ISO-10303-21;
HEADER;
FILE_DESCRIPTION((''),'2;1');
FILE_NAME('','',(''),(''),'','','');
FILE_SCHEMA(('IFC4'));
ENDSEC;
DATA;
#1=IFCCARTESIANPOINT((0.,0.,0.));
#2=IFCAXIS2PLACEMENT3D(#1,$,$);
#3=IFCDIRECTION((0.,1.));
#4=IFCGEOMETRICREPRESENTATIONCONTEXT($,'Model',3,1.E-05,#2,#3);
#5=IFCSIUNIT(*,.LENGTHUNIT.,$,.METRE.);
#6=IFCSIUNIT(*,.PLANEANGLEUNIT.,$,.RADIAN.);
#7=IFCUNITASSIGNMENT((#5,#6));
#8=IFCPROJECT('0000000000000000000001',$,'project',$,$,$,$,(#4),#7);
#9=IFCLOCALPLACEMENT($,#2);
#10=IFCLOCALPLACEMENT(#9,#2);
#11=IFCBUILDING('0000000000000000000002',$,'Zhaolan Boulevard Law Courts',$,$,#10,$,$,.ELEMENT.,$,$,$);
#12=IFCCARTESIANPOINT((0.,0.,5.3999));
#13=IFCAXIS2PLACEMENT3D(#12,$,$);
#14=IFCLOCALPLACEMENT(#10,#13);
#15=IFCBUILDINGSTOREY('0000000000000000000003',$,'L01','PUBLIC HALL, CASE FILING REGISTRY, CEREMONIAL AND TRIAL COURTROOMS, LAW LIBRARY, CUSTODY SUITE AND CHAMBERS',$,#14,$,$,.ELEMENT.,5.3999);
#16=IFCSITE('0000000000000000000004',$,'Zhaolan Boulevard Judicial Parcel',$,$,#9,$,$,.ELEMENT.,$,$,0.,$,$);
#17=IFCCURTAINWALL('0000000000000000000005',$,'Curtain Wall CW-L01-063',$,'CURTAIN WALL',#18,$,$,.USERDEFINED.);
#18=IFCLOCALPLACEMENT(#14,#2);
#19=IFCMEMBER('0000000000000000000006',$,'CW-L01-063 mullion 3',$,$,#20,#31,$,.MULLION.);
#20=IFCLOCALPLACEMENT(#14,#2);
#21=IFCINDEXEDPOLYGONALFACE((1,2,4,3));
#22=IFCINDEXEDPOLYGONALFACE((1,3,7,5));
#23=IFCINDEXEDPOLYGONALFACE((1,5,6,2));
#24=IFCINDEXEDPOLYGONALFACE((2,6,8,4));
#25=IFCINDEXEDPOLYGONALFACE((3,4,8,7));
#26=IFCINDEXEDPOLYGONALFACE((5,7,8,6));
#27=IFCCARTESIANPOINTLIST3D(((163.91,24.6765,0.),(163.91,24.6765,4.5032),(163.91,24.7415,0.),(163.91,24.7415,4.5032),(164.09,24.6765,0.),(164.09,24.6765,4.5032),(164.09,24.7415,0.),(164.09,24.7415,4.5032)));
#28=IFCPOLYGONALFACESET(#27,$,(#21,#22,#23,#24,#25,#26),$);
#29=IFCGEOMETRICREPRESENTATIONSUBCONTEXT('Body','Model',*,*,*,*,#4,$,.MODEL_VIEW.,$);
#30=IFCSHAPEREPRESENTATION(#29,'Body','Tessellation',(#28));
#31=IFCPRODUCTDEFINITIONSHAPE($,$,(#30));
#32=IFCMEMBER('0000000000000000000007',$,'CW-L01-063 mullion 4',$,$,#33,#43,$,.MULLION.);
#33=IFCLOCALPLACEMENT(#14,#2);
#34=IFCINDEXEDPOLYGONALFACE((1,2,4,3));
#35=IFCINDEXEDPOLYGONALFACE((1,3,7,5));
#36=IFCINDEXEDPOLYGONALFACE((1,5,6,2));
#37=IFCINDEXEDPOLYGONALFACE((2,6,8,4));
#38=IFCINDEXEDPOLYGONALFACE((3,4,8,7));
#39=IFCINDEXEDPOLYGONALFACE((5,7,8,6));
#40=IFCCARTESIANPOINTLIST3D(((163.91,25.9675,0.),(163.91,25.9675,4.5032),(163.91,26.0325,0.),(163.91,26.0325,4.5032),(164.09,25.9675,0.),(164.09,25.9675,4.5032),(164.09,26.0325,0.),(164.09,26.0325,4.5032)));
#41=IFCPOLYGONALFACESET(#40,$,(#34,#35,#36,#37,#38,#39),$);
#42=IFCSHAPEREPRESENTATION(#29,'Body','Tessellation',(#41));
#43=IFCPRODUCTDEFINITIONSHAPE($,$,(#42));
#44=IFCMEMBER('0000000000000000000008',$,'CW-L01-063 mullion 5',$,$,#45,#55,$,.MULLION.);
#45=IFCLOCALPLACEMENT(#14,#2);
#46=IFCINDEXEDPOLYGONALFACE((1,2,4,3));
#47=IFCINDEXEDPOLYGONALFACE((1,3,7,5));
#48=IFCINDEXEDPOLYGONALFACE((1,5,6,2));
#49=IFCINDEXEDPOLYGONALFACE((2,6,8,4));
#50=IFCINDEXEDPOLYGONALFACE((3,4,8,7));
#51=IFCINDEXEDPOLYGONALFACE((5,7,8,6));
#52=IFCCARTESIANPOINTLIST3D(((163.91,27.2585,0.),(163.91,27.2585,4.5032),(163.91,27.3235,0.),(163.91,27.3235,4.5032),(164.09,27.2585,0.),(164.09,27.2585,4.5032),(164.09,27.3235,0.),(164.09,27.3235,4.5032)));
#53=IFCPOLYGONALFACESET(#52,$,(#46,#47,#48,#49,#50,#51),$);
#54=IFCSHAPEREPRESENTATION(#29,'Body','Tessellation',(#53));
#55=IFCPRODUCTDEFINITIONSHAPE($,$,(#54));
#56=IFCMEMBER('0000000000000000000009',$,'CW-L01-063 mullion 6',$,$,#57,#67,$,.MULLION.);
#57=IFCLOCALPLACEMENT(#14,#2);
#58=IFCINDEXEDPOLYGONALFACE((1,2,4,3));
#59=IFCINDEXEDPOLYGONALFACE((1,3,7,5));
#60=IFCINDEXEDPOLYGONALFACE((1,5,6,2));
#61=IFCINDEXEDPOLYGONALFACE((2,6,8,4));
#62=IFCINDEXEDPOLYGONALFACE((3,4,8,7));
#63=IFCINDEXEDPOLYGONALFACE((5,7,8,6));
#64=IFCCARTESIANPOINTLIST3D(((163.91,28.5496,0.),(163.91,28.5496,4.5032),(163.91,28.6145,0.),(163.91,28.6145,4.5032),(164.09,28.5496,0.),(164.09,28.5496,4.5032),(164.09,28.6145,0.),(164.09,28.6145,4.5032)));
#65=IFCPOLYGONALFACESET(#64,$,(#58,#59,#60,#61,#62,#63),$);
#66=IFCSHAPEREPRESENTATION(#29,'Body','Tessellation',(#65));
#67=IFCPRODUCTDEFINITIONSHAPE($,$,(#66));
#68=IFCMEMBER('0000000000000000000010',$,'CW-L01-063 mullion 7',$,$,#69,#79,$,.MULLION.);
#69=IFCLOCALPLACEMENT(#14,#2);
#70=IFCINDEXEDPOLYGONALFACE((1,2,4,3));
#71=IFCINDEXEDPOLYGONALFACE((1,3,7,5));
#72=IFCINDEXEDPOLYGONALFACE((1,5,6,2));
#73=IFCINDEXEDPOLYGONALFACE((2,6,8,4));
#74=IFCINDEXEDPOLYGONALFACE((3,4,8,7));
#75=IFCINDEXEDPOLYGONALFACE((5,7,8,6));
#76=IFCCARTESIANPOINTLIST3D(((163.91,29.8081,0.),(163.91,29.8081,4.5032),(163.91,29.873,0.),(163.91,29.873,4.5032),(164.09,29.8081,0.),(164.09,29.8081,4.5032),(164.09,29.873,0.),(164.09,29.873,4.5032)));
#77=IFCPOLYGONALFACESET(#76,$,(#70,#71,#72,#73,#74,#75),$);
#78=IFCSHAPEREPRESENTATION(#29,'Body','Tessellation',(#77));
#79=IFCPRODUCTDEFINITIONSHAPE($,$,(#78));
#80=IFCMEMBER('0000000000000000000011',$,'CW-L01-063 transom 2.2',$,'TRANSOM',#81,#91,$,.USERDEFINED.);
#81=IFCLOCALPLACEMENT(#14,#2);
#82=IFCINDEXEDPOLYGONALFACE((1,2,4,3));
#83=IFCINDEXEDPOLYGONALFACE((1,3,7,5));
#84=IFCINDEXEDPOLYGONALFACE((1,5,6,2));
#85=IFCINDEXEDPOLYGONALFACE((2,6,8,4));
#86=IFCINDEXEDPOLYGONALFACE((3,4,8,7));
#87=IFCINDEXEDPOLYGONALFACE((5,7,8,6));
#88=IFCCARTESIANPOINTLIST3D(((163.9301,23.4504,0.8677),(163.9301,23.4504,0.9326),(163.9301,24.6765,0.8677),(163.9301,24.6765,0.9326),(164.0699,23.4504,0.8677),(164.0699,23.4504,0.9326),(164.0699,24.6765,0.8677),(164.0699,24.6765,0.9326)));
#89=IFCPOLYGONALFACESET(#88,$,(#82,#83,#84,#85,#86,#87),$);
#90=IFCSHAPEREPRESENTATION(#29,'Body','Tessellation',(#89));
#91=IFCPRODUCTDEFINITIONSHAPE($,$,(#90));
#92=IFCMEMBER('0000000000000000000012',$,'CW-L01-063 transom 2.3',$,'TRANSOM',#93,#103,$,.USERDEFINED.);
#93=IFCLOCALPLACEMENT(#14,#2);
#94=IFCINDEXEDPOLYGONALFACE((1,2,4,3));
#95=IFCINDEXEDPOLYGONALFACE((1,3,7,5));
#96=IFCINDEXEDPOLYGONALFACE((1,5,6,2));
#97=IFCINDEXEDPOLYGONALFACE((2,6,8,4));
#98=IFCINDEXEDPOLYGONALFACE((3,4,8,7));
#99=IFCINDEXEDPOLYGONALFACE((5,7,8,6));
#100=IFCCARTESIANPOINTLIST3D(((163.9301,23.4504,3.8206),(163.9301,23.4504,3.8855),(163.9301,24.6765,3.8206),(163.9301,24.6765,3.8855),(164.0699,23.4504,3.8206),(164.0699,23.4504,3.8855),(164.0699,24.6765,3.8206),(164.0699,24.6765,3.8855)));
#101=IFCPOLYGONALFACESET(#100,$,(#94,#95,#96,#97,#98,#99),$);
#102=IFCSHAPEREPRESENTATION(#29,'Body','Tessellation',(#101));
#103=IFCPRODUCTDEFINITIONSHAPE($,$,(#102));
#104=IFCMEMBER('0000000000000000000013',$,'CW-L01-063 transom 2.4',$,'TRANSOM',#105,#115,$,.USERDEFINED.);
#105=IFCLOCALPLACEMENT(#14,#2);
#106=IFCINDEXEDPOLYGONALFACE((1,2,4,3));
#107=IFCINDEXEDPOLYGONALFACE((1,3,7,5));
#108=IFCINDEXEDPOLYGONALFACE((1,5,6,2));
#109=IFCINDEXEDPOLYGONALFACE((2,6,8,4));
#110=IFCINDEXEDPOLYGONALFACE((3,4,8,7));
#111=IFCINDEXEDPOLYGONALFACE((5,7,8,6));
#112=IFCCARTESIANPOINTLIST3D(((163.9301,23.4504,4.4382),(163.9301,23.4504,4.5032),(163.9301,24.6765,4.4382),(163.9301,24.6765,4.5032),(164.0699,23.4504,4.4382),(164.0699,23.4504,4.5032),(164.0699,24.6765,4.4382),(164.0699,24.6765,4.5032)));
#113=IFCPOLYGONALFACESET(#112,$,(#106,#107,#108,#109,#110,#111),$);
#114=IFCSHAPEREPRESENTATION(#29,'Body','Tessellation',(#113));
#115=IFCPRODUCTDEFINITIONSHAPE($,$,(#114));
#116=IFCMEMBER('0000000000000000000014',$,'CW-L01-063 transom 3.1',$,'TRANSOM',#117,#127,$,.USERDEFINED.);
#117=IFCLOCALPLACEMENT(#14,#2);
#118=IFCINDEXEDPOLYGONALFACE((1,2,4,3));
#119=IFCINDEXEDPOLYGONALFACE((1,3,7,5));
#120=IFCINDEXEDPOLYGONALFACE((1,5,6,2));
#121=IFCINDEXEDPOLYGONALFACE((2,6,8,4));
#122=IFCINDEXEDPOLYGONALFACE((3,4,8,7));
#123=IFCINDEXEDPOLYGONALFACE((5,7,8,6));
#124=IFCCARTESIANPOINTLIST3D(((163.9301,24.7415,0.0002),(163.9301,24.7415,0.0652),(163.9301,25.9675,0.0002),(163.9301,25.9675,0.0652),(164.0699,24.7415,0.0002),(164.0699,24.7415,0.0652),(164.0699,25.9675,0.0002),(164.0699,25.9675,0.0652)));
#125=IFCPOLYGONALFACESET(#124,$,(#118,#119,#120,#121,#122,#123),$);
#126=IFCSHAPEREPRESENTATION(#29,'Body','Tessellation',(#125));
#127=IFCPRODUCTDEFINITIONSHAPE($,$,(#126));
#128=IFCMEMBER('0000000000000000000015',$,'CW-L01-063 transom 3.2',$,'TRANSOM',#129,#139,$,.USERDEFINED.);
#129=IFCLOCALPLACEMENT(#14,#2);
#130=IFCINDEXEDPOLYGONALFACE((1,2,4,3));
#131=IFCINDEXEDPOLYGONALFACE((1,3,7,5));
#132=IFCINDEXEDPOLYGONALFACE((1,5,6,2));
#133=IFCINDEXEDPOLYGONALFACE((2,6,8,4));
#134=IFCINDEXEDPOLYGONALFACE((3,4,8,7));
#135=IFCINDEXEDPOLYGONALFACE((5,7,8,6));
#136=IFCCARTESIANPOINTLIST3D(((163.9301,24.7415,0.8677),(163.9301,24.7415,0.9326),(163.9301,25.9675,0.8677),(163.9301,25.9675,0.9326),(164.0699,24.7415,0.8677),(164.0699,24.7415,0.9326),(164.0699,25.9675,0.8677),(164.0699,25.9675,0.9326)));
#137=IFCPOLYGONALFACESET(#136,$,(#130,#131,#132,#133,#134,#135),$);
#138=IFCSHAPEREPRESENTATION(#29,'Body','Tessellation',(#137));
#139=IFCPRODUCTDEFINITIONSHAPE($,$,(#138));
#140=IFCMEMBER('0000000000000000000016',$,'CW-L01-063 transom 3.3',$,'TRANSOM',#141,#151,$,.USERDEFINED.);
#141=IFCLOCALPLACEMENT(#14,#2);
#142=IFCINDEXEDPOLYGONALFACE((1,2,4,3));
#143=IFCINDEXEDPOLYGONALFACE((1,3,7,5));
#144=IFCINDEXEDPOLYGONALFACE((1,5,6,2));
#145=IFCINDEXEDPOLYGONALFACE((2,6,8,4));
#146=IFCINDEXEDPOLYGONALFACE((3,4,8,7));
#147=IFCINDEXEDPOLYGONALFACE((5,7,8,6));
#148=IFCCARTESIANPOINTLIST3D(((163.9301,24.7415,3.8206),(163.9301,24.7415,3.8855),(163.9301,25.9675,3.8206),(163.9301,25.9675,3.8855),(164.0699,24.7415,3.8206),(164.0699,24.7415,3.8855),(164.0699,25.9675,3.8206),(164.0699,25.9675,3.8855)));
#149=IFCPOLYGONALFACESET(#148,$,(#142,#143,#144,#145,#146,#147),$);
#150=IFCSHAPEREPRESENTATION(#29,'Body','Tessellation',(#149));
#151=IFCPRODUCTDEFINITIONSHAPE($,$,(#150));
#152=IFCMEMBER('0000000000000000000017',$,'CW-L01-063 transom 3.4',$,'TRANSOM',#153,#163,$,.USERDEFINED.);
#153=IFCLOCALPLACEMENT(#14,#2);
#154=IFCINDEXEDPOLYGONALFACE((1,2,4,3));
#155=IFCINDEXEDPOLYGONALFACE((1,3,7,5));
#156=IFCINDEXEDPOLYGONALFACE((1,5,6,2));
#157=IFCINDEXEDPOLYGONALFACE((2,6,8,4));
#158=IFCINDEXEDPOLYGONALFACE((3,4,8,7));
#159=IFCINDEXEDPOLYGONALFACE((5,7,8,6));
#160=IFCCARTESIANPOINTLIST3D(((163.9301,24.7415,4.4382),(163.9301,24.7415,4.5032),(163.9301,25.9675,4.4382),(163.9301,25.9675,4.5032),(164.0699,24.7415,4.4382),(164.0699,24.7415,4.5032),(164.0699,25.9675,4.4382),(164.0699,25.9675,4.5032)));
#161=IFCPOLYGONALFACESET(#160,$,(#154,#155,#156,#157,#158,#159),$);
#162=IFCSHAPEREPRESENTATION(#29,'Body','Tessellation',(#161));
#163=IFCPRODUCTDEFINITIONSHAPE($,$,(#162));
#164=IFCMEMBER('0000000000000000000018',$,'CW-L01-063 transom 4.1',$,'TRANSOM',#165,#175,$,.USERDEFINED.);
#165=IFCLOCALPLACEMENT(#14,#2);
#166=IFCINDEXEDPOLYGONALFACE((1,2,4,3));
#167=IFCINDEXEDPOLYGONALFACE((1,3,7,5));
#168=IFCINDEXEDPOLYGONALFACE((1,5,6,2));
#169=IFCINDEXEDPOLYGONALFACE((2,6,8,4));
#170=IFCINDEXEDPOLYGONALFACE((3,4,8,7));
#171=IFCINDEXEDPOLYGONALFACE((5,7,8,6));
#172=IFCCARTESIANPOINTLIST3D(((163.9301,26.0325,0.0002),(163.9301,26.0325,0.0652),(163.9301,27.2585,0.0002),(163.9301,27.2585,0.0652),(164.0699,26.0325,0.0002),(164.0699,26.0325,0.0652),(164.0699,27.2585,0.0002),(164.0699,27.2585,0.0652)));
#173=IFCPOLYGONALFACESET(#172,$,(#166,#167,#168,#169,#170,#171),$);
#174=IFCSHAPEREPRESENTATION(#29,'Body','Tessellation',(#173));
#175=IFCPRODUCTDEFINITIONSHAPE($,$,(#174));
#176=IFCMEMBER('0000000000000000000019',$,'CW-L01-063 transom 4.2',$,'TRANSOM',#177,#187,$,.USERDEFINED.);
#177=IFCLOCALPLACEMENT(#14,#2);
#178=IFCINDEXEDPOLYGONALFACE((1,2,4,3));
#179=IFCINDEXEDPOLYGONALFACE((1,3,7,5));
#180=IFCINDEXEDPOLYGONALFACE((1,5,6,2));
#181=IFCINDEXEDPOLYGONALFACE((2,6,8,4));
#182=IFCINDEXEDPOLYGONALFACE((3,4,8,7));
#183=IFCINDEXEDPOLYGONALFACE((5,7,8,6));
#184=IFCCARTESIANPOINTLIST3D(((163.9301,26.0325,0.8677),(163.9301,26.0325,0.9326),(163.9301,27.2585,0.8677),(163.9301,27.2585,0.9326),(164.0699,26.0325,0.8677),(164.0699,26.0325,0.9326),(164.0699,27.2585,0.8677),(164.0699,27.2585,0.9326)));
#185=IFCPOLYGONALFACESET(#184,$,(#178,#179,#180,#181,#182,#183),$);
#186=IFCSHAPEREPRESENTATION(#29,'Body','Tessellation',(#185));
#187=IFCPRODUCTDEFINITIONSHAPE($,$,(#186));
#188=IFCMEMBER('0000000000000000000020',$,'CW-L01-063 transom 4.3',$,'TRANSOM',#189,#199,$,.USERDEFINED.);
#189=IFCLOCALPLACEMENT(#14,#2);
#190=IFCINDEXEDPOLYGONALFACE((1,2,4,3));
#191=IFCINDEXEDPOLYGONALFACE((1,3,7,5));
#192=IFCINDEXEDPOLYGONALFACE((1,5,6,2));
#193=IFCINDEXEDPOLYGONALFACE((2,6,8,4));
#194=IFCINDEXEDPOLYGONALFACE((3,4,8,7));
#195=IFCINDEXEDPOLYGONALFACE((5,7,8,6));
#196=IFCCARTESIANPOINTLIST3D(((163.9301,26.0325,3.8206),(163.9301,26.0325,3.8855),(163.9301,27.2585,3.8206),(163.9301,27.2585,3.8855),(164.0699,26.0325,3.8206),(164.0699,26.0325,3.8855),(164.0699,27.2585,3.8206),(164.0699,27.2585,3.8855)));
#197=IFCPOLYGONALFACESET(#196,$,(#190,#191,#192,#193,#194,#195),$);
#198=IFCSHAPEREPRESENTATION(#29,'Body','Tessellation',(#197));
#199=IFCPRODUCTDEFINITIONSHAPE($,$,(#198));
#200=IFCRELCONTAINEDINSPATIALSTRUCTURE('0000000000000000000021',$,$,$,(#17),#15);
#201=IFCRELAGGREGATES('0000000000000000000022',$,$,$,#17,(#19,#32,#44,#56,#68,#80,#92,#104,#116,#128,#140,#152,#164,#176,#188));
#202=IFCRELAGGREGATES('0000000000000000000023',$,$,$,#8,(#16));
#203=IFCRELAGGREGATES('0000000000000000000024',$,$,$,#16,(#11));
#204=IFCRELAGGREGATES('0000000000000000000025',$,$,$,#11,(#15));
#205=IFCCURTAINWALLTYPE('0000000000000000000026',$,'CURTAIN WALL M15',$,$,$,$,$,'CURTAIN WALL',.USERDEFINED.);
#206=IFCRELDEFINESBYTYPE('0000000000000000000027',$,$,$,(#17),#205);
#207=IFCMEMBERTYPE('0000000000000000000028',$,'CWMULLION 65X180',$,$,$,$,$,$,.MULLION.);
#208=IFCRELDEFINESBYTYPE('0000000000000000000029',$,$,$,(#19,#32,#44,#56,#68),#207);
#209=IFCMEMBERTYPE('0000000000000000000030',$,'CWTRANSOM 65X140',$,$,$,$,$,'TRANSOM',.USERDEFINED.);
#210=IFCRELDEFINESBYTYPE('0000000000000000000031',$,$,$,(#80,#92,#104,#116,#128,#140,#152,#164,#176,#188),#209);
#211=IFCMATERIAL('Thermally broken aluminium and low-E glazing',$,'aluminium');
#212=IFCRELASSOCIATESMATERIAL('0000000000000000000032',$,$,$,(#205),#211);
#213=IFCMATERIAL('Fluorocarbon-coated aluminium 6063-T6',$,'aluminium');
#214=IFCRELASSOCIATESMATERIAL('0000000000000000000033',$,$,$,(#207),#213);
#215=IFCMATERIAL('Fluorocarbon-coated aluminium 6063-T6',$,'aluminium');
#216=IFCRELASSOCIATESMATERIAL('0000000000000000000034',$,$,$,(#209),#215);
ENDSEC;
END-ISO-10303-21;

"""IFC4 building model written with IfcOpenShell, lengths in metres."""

from ifc_helpers import new_model, si_unit, direction, frame, origin, origin_2d, place, context, subcontext, project, spatial, rectangle, extrude, material, material_profile, profile_set, type_object, element, aggregate, save


model = new_model("IFC4")

# Units and contexts
model_context = context("Model", 3, precision=1e-05, world=origin(), true_north=direction((0.0, 1.0)))
body_context = subcontext(model_context, "Body", "Model", "MODEL_VIEW")
ifc_project = project(units=[si_unit("LENGTHUNIT", "METRE"), si_unit("PLANEANGLEUNIT", "RADIAN")], contexts=[model_context])

# Site, building, storey
site_placement = place(None, origin())
site = spatial("IfcSite", under=ifc_project, at=site_placement, Name="Zhaolan Boulevard Judicial Parcel", CompositionType="ELEMENT", RefElevation=0.0)
building_placement = place(site_placement, origin())
building = spatial("IfcBuilding", under=site, at=building_placement, Name="Zhaolan Boulevard Law Courts", CompositionType="ELEMENT")
storey_placement = place(building_placement, frame((0.0, 0.0, 5.3999)))
storey = spatial("IfcBuildingStorey", under=building, at=storey_placement, Name="L01", Description="PUBLIC HALL, CASE FILING REGISTRY, CEREMONIAL AND TRIAL COURTROOMS, LAW LIBRARY, CUSTODY SUITE AND CHAMBERS", CompositionType="ELEMENT", Elevation=5.3999)

# Curtain wall, members
ifc_material_1 = material(Name="Thermally broken aluminium and low-E glazing", Category="aluminium")
curtain_wall_type = type_object("IfcCurtainWallType", Name="CURTAIN WALL M15", ElementType="CURTAIN WALL", PredefinedType="USERDEFINED", material=ifc_material_1)
curtain_wall_placement = place(storey_placement, origin())
curtain_wall = element("IfcCurtainWall", 1, at=curtain_wall_placement, inside=storey, type_object=curtain_wall_type, Name="Curtain Wall CW-L01-063", ObjectType="CURTAIN WALL", PredefinedType="USERDEFINED")
ifc_material_2 = material(Name="Fluorocarbon-coated aluminium 6063-T6", Category="aluminium")
ifc_material_profile_1 = material_profile(ifc_material_2, rectangle(XDim=0.1799, YDim=0.0649, at=origin_2d()), Name="AL65x180")
ifc_profile_set_1 = profile_set([ifc_material_profile_1], Name="Fluorocarbon-coated aluminium 6063-T6")
member_type_1 = type_object("IfcMemberType", Name="CWMULLION 65X180", PredefinedType="MULLION", material=ifc_profile_set_1)
member_1_placement = place(storey_placement, frame((164.0, 24.709, 0.0), z_axis=(0.0, 0.0, 1.0), x_axis=(-1.0, 0.0, 0.0)))
member_1 = element("IfcMember", 2, at=member_1_placement, type_object=member_type_1, Name="CW-L01-063 mullion 3", PredefinedType="MULLION", context=body_context, shape_type="SweptSolid", body=[
    extrude(rectangle(XDim=0.1799, YDim=0.0649, at=origin_2d()), origin(), (0.0, 0.0, 1.0), 4.5032),
])
member_2_placement = place(storey_placement, frame((164.0, 26.0, 0.0), z_axis=(0.0, 0.0, 1.0), x_axis=(-1.0, 0.0, 0.0)))
member_2 = element("IfcMember", 3, at=member_2_placement, type_object=member_type_1, Name="CW-L01-063 mullion 4", PredefinedType="MULLION", context=body_context, shape_type="SweptSolid", body=[
    extrude(rectangle(XDim=0.1799, YDim=0.0649, at=origin_2d()), origin(), (0.0, 0.0, 1.0), 4.5032),
])
member_3_placement = place(storey_placement, frame((164.0, 27.291, 0.0), z_axis=(0.0, 0.0, 1.0), x_axis=(-1.0, 0.0, 0.0)))
member_3 = element("IfcMember", 4, at=member_3_placement, type_object=member_type_1, Name="CW-L01-063 mullion 5", PredefinedType="MULLION", context=body_context, shape_type="SweptSolid", body=[
    extrude(rectangle(XDim=0.1799, YDim=0.0649, at=origin_2d()), origin(), (0.0, 0.0, 1.0), 4.5032),
])
member_4_placement = place(storey_placement, frame((164.0, 28.582, 0.0), z_axis=(0.0, 0.0, 1.0), x_axis=(-1.0, 0.0, 0.0)))
member_4 = element("IfcMember", 5, at=member_4_placement, type_object=member_type_1, Name="CW-L01-063 mullion 6", PredefinedType="MULLION", context=body_context, shape_type="SweptSolid", body=[
    extrude(rectangle(XDim=0.1799, YDim=0.0649, at=origin_2d()), origin(), (0.0, 0.0, 1.0), 4.5032),
])
member_5_placement = place(storey_placement, frame((164.0, 29.8406, 0.0), z_axis=(0.0, 0.0, 1.0), x_axis=(-1.0, 0.0, 0.0)))
member_5 = element("IfcMember", 6, at=member_5_placement, type_object=member_type_1, Name="CW-L01-063 mullion 7", PredefinedType="MULLION", context=body_context, shape_type="SweptSolid", body=[
    extrude(rectangle(XDim=0.1799, YDim=0.0649, at=origin_2d()), origin(), (0.0, 0.0, 1.0), 4.5032),
])
ifc_material_3 = material(Name="Fluorocarbon-coated aluminium 6063-T6", Category="aluminium")
ifc_material_profile_2 = material_profile(ifc_material_3, rectangle(XDim=0.1399, YDim=0.0649, at=origin_2d()), Name="AL65x140")
ifc_profile_set_2 = profile_set([ifc_material_profile_2], Name="Fluorocarbon-coated aluminium 6063-T6")
member_type_2 = type_object("IfcMemberType", Name="CWTRANSOM 65X140", ElementType="TRANSOM", PredefinedType="USERDEFINED", material=ifc_profile_set_2)
member_6_placement = place(storey_placement, frame((164.0, 23.4504, 0.9001), z_axis=(0.0, 1.0, 0.0), x_axis=(-1.0, 0.0, 0.0)))
member_6 = element("IfcMember", 7, at=member_6_placement, type_object=member_type_2, Name="CW-L01-063 transom 2.2", ObjectType="TRANSOM", PredefinedType="USERDEFINED", context=body_context, shape_type="SweptSolid", body=[
    extrude(rectangle(XDim=0.1399, YDim=0.0649, at=origin_2d()), origin(), (0.0, 0.0, 1.0), 1.2261),
])
member_7_placement = place(storey_placement, frame((164.0, 23.4504, 3.853), z_axis=(0.0, 1.0, 0.0), x_axis=(-1.0, 0.0, 0.0)))
member_7 = element("IfcMember", 8, at=member_7_placement, type_object=member_type_2, Name="CW-L01-063 transom 2.3", ObjectType="TRANSOM", PredefinedType="USERDEFINED", context=body_context, shape_type="SweptSolid", body=[
    extrude(rectangle(XDim=0.1399, YDim=0.0649, at=origin_2d()), origin(), (0.0, 0.0, 1.0), 1.2261),
])
member_8_placement = place(storey_placement, frame((164.0, 23.4504, 4.4707), z_axis=(0.0, 1.0, 0.0), x_axis=(-1.0, 0.0, 0.0)))
member_8 = element("IfcMember", 9, at=member_8_placement, type_object=member_type_2, Name="CW-L01-063 transom 2.4", ObjectType="TRANSOM", PredefinedType="USERDEFINED", context=body_context, shape_type="SweptSolid", body=[
    extrude(rectangle(XDim=0.1399, YDim=0.0649, at=origin_2d()), origin(), (0.0, 0.0, 1.0), 1.2261),
])
member_9_placement = place(storey_placement, frame((164.0, 24.7415, 0.0327), z_axis=(0.0, 1.0, 0.0), x_axis=(-1.0, 0.0, 0.0)))
member_9 = element("IfcMember", 10, at=member_9_placement, type_object=member_type_2, Name="CW-L01-063 transom 3.1", ObjectType="TRANSOM", PredefinedType="USERDEFINED", context=body_context, shape_type="SweptSolid", body=[
    extrude(rectangle(XDim=0.1399, YDim=0.0649, at=origin_2d()), origin(), (0.0, 0.0, 1.0), 1.2261),
])
member_10_placement = place(storey_placement, frame((164.0, 24.7415, 0.9001), z_axis=(0.0, 1.0, 0.0), x_axis=(-1.0, 0.0, 0.0)))
member_10 = element("IfcMember", 11, at=member_10_placement, type_object=member_type_2, Name="CW-L01-063 transom 3.2", ObjectType="TRANSOM", PredefinedType="USERDEFINED", context=body_context, shape_type="SweptSolid", body=[
    extrude(rectangle(XDim=0.1399, YDim=0.0649, at=origin_2d()), origin(), (0.0, 0.0, 1.0), 1.2261),
])
member_11_placement = place(storey_placement, frame((164.0, 24.7415, 3.853), z_axis=(0.0, 1.0, 0.0), x_axis=(-1.0, 0.0, 0.0)))
member_11 = element("IfcMember", 12, at=member_11_placement, type_object=member_type_2, Name="CW-L01-063 transom 3.3", ObjectType="TRANSOM", PredefinedType="USERDEFINED", context=body_context, shape_type="SweptSolid", body=[
    extrude(rectangle(XDim=0.1399, YDim=0.0649, at=origin_2d()), origin(), (0.0, 0.0, 1.0), 1.2261),
])
member_12_placement = place(storey_placement, frame((164.0, 24.7415, 4.4707), z_axis=(0.0, 1.0, 0.0), x_axis=(-1.0, 0.0, 0.0)))
member_12 = element("IfcMember", 13, at=member_12_placement, type_object=member_type_2, Name="CW-L01-063 transom 3.4", ObjectType="TRANSOM", PredefinedType="USERDEFINED", context=body_context, shape_type="SweptSolid", body=[
    extrude(rectangle(XDim=0.1399, YDim=0.0649, at=origin_2d()), origin(), (0.0, 0.0, 1.0), 1.2261),
])
member_13_placement = place(storey_placement, frame((164.0, 26.0325, 0.0327), z_axis=(0.0, 1.0, 0.0), x_axis=(-1.0, 0.0, 0.0)))
member_13 = element("IfcMember", 14, at=member_13_placement, type_object=member_type_2, Name="CW-L01-063 transom 4.1", ObjectType="TRANSOM", PredefinedType="USERDEFINED", context=body_context, shape_type="SweptSolid", body=[
    extrude(rectangle(XDim=0.1399, YDim=0.0649, at=origin_2d()), origin(), (0.0, 0.0, 1.0), 1.2261),
])
member_14_placement = place(storey_placement, frame((164.0, 26.0325, 0.9001), z_axis=(0.0, 1.0, 0.0), x_axis=(-1.0, 0.0, 0.0)))
member_14 = element("IfcMember", 15, at=member_14_placement, type_object=member_type_2, Name="CW-L01-063 transom 4.2", ObjectType="TRANSOM", PredefinedType="USERDEFINED", context=body_context, shape_type="SweptSolid", body=[
    extrude(rectangle(XDim=0.1399, YDim=0.0649, at=origin_2d()), origin(), (0.0, 0.0, 1.0), 1.2261),
])
member_15_placement = place(storey_placement, frame((164.0, 26.0325, 3.853), z_axis=(0.0, 1.0, 0.0), x_axis=(-1.0, 0.0, 0.0)))
member_15 = element("IfcMember", 16, at=member_15_placement, type_object=member_type_2, Name="CW-L01-063 transom 4.3", ObjectType="TRANSOM", PredefinedType="USERDEFINED", context=body_context, shape_type="SweptSolid", body=[
    extrude(rectangle(XDim=0.1399, YDim=0.0649, at=origin_2d()), origin(), (0.0, 0.0, 1.0), 1.2261),
])
aggregate(curtain_wall, [member_1, member_2, member_3, member_4, member_5, member_6, member_7, member_8, member_9, member_10, member_11, member_12, member_13, member_14, member_15])

save(model, "model.ifc")
